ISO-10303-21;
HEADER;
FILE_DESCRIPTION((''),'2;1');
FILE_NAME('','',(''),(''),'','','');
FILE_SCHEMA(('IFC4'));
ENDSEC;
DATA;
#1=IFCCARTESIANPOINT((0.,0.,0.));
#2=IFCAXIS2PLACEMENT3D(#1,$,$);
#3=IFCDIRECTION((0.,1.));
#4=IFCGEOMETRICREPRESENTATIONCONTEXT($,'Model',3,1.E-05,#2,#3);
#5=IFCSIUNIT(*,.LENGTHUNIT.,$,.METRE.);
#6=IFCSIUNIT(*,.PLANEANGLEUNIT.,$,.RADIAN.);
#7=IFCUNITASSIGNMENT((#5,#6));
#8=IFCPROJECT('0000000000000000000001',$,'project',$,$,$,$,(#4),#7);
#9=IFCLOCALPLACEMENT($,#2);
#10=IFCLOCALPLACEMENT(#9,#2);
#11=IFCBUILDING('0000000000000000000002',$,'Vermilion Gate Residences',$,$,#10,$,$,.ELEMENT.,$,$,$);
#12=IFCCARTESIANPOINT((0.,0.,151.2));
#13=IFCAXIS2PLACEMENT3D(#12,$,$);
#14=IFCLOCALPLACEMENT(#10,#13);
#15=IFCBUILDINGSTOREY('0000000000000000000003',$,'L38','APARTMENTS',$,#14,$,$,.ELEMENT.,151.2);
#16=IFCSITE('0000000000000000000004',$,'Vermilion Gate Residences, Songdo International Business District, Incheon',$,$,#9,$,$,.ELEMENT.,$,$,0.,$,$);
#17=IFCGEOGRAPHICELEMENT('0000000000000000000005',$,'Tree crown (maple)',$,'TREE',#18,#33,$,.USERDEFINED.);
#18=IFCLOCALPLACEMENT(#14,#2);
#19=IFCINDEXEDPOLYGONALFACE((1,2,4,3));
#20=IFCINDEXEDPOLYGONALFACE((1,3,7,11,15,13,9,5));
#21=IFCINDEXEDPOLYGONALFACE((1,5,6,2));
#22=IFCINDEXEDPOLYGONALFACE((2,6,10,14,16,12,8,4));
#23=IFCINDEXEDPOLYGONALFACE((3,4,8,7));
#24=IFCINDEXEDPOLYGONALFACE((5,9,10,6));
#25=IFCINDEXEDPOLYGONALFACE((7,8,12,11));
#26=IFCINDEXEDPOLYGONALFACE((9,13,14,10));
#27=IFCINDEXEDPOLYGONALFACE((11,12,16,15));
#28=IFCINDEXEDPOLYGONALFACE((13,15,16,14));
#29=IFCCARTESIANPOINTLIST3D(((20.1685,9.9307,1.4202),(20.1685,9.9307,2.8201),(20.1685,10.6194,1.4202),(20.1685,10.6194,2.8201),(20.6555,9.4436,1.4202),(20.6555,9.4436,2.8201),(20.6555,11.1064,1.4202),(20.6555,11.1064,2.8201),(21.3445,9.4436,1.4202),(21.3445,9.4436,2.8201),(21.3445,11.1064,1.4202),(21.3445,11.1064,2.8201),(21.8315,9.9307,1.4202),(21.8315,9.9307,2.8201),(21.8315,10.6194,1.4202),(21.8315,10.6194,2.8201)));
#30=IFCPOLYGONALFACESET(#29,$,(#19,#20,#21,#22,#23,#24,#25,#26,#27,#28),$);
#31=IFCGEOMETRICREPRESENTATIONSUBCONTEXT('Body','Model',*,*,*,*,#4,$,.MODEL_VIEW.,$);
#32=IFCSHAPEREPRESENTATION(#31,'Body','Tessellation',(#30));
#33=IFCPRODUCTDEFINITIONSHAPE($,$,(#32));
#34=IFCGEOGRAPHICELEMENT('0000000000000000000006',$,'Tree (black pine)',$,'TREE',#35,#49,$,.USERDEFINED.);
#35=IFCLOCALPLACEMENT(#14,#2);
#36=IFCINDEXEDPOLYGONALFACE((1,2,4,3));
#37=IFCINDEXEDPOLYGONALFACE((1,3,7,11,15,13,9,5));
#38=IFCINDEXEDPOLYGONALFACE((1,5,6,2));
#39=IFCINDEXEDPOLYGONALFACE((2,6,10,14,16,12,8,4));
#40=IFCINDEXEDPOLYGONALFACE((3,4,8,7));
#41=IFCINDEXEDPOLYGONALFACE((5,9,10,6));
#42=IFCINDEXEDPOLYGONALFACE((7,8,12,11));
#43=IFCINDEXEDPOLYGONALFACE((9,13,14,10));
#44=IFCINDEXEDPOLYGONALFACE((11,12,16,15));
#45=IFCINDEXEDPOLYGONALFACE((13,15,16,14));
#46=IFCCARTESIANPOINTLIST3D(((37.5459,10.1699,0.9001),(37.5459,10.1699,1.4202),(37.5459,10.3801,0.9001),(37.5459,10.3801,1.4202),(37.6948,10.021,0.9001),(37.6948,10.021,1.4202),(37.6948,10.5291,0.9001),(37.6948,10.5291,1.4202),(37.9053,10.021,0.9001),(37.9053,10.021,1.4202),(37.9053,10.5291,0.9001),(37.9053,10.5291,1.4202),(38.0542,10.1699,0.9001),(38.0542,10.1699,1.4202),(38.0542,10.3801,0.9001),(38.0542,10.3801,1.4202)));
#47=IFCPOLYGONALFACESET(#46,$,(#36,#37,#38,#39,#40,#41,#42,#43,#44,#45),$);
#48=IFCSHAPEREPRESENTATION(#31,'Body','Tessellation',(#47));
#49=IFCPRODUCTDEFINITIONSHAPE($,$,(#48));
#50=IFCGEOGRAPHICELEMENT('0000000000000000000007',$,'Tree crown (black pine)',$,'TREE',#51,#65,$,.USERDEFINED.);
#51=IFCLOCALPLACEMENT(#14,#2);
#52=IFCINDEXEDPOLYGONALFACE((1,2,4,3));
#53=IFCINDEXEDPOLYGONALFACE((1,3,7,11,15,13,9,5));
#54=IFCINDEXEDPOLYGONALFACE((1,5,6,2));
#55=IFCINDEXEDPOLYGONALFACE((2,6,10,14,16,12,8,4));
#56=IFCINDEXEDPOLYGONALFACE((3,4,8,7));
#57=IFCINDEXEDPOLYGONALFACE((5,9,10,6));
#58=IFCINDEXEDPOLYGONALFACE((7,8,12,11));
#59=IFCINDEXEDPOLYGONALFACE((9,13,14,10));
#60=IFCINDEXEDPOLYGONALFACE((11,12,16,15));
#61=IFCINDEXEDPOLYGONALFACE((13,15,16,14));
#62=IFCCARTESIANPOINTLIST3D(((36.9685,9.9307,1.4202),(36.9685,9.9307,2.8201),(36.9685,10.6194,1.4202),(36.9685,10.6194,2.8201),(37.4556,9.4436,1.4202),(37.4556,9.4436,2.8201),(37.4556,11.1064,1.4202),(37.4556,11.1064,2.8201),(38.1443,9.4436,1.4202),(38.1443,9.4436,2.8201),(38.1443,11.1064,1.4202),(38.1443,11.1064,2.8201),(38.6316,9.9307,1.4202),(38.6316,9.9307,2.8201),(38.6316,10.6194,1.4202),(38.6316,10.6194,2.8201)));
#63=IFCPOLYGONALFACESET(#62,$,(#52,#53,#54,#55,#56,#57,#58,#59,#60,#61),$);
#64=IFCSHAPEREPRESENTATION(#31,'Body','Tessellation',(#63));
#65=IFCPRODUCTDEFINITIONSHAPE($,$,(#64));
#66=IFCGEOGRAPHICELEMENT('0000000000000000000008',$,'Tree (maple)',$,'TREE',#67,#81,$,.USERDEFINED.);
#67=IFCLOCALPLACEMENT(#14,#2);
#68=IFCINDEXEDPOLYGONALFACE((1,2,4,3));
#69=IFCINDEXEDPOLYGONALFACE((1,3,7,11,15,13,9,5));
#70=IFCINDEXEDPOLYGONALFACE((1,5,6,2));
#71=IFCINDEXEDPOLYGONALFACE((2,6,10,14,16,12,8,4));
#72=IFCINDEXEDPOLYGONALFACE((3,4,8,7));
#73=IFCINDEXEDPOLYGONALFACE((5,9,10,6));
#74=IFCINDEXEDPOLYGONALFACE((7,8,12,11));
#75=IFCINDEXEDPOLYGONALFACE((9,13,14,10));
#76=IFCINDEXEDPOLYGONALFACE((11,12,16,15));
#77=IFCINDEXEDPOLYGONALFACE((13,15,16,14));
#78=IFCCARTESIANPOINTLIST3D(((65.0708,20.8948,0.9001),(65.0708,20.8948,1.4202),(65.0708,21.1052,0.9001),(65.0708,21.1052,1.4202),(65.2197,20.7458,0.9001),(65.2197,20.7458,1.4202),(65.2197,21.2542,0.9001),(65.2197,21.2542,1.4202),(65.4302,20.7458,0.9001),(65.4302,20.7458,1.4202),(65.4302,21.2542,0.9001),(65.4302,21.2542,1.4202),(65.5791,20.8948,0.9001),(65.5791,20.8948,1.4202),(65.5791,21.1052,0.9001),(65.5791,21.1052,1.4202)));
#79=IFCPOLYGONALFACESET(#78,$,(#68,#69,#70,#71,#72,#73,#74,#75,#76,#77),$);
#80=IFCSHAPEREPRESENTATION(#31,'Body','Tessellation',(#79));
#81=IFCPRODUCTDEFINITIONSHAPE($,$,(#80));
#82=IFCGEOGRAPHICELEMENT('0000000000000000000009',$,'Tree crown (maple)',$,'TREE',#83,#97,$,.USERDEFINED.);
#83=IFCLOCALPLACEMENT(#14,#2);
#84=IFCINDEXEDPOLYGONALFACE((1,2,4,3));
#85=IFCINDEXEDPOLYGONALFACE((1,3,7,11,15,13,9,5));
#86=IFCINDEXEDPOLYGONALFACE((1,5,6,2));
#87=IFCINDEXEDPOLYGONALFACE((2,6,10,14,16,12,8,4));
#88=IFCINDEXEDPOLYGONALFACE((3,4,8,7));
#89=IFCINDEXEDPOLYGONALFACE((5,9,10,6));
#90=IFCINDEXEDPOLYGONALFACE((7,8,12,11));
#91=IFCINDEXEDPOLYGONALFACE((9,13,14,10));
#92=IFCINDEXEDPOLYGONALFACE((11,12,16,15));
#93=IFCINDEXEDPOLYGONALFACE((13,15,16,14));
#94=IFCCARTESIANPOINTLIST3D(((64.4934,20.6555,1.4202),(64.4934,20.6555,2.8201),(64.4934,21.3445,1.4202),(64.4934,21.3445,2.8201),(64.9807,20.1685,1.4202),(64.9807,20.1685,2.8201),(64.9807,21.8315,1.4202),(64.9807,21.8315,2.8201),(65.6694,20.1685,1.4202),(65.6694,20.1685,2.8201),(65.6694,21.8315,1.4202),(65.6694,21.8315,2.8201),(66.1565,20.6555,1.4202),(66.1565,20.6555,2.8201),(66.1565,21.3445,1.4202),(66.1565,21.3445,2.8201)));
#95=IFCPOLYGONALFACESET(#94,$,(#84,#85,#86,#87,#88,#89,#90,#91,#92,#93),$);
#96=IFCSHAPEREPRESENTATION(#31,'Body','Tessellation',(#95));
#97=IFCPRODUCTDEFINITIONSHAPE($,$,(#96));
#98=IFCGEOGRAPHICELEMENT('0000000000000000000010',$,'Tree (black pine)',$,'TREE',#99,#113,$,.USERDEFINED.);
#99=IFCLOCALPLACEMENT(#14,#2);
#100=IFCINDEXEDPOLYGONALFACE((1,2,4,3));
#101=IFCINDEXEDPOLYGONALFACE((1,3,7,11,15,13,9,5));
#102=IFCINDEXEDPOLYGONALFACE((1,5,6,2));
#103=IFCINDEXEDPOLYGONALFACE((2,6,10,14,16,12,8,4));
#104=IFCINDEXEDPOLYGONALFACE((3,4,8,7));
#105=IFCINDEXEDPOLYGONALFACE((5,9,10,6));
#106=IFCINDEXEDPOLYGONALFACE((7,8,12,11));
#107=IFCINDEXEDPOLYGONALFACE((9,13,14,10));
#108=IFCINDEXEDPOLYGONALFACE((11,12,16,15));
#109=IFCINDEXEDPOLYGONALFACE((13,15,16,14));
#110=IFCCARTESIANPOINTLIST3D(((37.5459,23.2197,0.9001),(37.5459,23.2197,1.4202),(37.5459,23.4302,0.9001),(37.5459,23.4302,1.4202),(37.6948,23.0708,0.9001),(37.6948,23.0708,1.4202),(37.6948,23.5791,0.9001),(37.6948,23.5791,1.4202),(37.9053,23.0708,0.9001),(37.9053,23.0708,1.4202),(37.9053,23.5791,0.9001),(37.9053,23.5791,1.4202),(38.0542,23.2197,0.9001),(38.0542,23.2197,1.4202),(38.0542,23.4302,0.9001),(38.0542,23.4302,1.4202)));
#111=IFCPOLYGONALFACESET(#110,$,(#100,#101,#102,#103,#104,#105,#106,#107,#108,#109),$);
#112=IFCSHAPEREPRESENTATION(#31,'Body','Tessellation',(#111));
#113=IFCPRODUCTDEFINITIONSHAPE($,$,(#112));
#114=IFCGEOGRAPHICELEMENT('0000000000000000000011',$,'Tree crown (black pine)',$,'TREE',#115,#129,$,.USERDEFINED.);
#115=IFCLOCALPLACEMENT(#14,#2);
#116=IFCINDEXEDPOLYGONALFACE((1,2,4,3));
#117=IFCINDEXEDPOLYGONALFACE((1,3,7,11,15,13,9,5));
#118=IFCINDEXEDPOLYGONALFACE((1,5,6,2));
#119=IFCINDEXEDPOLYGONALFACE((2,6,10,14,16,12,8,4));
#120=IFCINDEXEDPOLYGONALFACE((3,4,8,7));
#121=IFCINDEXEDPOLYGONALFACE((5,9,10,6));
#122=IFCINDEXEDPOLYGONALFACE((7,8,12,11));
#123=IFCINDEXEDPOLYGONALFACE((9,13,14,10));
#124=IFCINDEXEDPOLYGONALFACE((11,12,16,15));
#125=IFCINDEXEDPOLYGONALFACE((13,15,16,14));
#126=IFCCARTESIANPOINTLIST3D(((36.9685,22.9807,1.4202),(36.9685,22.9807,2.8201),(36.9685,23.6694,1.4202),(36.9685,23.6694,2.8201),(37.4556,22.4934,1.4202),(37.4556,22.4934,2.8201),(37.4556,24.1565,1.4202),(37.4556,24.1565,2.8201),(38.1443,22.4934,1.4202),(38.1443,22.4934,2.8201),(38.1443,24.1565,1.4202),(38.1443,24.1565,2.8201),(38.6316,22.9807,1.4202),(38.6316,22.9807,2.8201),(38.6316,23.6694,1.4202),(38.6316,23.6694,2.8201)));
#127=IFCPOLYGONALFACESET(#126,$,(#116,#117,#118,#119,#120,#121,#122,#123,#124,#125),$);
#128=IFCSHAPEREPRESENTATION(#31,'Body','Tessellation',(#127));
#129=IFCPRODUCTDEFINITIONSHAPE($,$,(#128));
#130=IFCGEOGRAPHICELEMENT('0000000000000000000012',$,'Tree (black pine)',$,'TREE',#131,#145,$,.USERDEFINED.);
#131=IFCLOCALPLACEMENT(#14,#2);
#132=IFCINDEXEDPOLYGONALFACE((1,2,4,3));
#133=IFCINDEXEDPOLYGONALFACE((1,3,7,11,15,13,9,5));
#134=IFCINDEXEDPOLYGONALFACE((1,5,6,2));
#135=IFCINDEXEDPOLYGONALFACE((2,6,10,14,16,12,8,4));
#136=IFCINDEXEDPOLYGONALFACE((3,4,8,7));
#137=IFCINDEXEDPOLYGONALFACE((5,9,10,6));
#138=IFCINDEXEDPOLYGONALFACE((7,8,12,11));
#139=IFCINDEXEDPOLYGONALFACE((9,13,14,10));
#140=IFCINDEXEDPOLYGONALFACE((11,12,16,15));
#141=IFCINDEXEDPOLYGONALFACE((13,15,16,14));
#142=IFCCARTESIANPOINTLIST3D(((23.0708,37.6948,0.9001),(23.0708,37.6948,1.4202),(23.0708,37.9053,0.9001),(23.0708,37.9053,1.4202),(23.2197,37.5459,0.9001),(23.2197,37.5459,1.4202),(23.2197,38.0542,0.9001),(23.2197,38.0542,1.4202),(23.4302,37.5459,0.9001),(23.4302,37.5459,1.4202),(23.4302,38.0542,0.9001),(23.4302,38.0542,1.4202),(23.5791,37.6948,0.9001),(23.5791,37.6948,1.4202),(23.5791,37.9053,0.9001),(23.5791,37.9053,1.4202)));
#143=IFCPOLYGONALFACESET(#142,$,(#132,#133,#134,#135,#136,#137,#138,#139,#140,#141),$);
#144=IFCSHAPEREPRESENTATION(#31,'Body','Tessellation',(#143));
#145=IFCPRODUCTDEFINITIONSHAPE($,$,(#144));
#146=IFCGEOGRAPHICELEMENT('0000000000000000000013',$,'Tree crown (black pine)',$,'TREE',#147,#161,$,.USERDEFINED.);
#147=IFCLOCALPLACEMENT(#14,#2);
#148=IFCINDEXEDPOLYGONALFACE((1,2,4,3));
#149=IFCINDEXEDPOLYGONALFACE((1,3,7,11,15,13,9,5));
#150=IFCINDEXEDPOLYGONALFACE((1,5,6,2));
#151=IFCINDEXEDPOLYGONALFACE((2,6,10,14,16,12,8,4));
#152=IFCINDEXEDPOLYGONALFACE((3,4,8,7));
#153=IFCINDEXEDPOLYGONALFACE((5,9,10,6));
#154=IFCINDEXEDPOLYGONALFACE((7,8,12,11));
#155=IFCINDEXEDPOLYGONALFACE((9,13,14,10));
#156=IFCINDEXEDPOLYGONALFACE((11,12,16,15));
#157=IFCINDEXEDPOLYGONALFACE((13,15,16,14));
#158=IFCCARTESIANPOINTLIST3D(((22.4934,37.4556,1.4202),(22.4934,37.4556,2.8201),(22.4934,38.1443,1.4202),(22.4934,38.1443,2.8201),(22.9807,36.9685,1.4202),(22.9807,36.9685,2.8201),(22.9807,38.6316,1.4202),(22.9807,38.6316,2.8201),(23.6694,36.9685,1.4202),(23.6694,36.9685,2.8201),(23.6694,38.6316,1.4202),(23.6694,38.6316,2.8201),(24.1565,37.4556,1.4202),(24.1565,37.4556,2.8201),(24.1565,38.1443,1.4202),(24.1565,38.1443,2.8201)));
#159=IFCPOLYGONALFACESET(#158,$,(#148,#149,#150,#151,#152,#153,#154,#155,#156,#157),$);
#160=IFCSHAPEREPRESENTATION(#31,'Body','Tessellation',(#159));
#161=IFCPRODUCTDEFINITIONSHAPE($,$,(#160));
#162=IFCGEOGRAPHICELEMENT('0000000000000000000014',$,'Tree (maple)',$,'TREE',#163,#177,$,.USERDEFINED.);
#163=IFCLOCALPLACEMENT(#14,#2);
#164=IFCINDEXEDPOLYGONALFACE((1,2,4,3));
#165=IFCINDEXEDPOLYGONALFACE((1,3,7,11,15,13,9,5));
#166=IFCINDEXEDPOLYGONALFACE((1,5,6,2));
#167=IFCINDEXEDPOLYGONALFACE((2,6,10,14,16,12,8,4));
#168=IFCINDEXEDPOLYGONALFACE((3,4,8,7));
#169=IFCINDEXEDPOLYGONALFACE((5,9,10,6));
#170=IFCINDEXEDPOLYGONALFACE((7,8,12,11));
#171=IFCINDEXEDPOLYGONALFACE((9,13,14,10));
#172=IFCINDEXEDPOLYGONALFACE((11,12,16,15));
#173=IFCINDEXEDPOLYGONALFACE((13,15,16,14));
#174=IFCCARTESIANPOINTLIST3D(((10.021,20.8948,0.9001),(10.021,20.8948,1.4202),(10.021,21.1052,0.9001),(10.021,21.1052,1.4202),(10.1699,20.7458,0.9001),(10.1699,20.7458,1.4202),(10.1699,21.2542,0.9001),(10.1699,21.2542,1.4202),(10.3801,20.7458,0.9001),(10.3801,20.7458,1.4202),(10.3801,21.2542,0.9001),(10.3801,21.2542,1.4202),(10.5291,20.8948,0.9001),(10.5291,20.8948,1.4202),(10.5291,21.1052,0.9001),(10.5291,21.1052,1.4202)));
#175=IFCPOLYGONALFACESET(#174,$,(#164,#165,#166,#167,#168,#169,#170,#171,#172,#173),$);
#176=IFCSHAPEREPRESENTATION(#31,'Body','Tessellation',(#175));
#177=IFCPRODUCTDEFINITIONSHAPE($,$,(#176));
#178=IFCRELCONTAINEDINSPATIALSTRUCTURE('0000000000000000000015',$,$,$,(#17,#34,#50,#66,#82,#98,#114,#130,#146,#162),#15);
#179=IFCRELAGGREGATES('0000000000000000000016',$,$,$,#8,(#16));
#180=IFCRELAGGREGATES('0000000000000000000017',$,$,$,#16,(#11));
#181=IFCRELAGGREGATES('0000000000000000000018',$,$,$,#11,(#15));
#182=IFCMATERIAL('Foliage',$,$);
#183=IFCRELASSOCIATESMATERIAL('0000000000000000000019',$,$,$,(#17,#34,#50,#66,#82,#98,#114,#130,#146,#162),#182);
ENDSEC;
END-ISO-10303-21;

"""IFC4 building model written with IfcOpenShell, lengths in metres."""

from ifc_helpers import new_model, si_unit, direction, frame, origin, place, context, subcontext, project, spatial, polyline, outline, extrude, material, element, save


model = new_model("IFC4")

# Units and contexts
model_context = context("Model", 3, precision=1e-05, world=origin(), true_north=direction((0.0, 1.0)))
body_context = subcontext(model_context, "Body", "Model", "MODEL_VIEW")
ifc_project = project(units=[si_unit("LENGTHUNIT", "METRE"), si_unit("PLANEANGLEUNIT", "RADIAN")], contexts=[model_context])

# Site, building, storey
site_placement = place(None, origin())
site = spatial("IfcSite", under=ifc_project, at=site_placement, Name="Vermilion Gate Residences, Songdo International Business District, Incheon", CompositionType="ELEMENT", RefElevation=0.0)
building_placement = place(site_placement, origin())
building = spatial("IfcBuilding", under=site, at=building_placement, Name="Vermilion Gate Residences", CompositionType="ELEMENT")
storey_placement = place(building_placement, frame((0.0, 0.0, 151.2)))
storey = spatial("IfcBuildingStorey", under=building, at=storey_placement, Name="L38", Description="APARTMENTS", CompositionType="ELEMENT", Elevation=151.2)

# Geographic elements
ifc_material_1 = material(Name="Foliage")
geographic_element_1_placement = place(storey_placement, frame((0.0, 0.0, 1.4202)))
element("IfcGeographicElement", 1, at=geographic_element_1_placement, inside=storey, material=ifc_material_1, Name="Tree crown (maple)", ObjectType="TREE", PredefinedType="USERDEFINED", context=body_context, shape_type="SweptSolid", body=[
    extrude(outline(polyline([(21.8315, 10.6194), (21.3445, 11.1064), (20.6555, 11.1064), (20.1685, 10.6194), (20.1685, 9.9307), (20.6555, 9.4436), (21.3445, 9.4436), (21.8315, 9.9307), (21.8315, 10.6194)])), origin(), (0.0, 0.0, 1.0), 1.3999),
])
geographic_element_2_placement = place(storey_placement, frame((0.0, 0.0, 0.9001)))
element("IfcGeographicElement", 2, at=geographic_element_2_placement, inside=storey, material=ifc_material_1, Name="Tree (black pine)", ObjectType="TREE", PredefinedType="USERDEFINED", context=body_context, shape_type="SweptSolid", body=[
    extrude(outline(polyline([(38.0542, 10.3801), (37.9053, 10.5291), (37.6948, 10.5291), (37.5459, 10.3801), (37.5459, 10.1699), (37.6948, 10.021), (37.9053, 10.021), (38.0542, 10.1699), (38.0542, 10.3801)])), origin(), (0.0, 0.0, 1.0), 0.52),
])
geographic_element_3_placement = place(storey_placement, frame((0.0, 0.0, 1.4202)))
element("IfcGeographicElement", 3, at=geographic_element_3_placement, inside=storey, material=ifc_material_1, Name="Tree crown (black pine)", ObjectType="TREE", PredefinedType="USERDEFINED", context=body_context, shape_type="SweptSolid", body=[
    extrude(outline(polyline([(38.6316, 10.6194), (38.1443, 11.1064), (37.4556, 11.1064), (36.9685, 10.6194), (36.9685, 9.9307), (37.4556, 9.4436), (38.1443, 9.4436), (38.6316, 9.9307), (38.6316, 10.6194)])), origin(), (0.0, 0.0, 1.0), 1.3999),
])
geographic_element_4_placement = place(storey_placement, frame((0.0, 0.0, 0.9001)))
element("IfcGeographicElement", 4, at=geographic_element_4_placement, inside=storey, material=ifc_material_1, Name="Tree (maple)", ObjectType="TREE", PredefinedType="USERDEFINED", context=body_context, shape_type="SweptSolid", body=[
    extrude(outline(polyline([(65.5791, 21.1052), (65.4302, 21.2542), (65.2197, 21.2542), (65.0708, 21.1052), (65.0708, 20.8948), (65.2197, 20.7458), (65.4302, 20.7458), (65.5791, 20.8948), (65.5791, 21.1052)])), origin(), (0.0, 0.0, 1.0), 0.52),
])
geographic_element_5_placement = place(storey_placement, frame((0.0, 0.0, 1.4202)))
element("IfcGeographicElement", 5, at=geographic_element_5_placement, inside=storey, material=ifc_material_1, Name="Tree crown (maple)", ObjectType="TREE", PredefinedType="USERDEFINED", context=body_context, shape_type="SweptSolid", body=[
    extrude(outline(polyline([(66.1565, 21.3445), (65.6694, 21.8315), (64.9807, 21.8315), (64.4934, 21.3445), (64.4934, 20.6555), (64.9807, 20.1685), (65.6694, 20.1685), (66.1565, 20.6555), (66.1565, 21.3445)])), origin(), (0.0, 0.0, 1.0), 1.3999),
])
geographic_element_6_placement = place(storey_placement, frame((0.0, 0.0, 0.9001)))
element("IfcGeographicElement", 6, at=geographic_element_6_placement, inside=storey, material=ifc_material_1, Name="Tree (black pine)", ObjectType="TREE", PredefinedType="USERDEFINED", context=body_context, shape_type="SweptSolid", body=[
    extrude(outline(polyline([(38.0542, 23.4302), (37.9053, 23.5791), (37.6948, 23.5791), (37.5459, 23.4302), (37.5459, 23.2197), (37.6948, 23.0708), (37.9053, 23.0708), (38.0542, 23.2197), (38.0542, 23.4302)])), origin(), (0.0, 0.0, 1.0), 0.52),
])
geographic_element_7_placement = place(storey_placement, frame((0.0, 0.0, 1.4202)))
element("IfcGeographicElement", 7, at=geographic_element_7_placement, inside=storey, material=ifc_material_1, Name="Tree crown (black pine)", ObjectType="TREE", PredefinedType="USERDEFINED", context=body_context, shape_type="SweptSolid", body=[
    extrude(outline(polyline([(38.6316, 23.6694), (38.1443, 24.1565), (37.4556, 24.1565), (36.9685, 23.6694), (36.9685, 22.9807), (37.4556, 22.4934), (38.1443, 22.4934), (38.6316, 22.9807), (38.6316, 23.6694)])), origin(), (0.0, 0.0, 1.0), 1.3999),
])
geographic_element_8_placement = place(storey_placement, frame((0.0, 0.0, 0.9001)))
element("IfcGeographicElement", 8, at=geographic_element_8_placement, inside=storey, material=ifc_material_1, Name="Tree (black pine)", ObjectType="TREE", PredefinedType="USERDEFINED", context=body_context, shape_type="SweptSolid", body=[
    extrude(outline(polyline([(23.5791, 37.9053), (23.4302, 38.0542), (23.2197, 38.0542), (23.0708, 37.9053), (23.0708, 37.6948), (23.2197, 37.5459), (23.4302, 37.5459), (23.5791, 37.6948), (23.5791, 37.9053)])), origin(), (0.0, 0.0, 1.0), 0.52),
])
geographic_element_9_placement = place(storey_placement, frame((0.0, 0.0, 1.4202)))
element("IfcGeographicElement", 9, at=geographic_element_9_placement, inside=storey, material=ifc_material_1, Name="Tree crown (black pine)", ObjectType="TREE", PredefinedType="USERDEFINED", context=body_context, shape_type="SweptSolid", body=[
    extrude(outline(polyline([(24.1565, 38.1443), (23.6694, 38.6316), (22.9807, 38.6316), (22.4934, 38.1443), (22.4934, 37.4556), (22.9807, 36.9685), (23.6694, 36.9685), (24.1565, 37.4556), (24.1565, 38.1443)])), origin(), (0.0, 0.0, 1.0), 1.3999),
])
geographic_element_10_placement = place(storey_placement, frame((0.0, 0.0, 0.9001)))
element("IfcGeographicElement", 10, at=geographic_element_10_placement, inside=storey, material=ifc_material_1, Name="Tree (maple)", ObjectType="TREE", PredefinedType="USERDEFINED", context=body_context, shape_type="SweptSolid", body=[
    extrude(outline(polyline([(10.5291, 21.1052), (10.3801, 21.2542), (10.1699, 21.2542), (10.021, 21.1052), (10.021, 20.8948), (10.1699, 20.7458), (10.3801, 20.7458), (10.5291, 20.8948), (10.5291, 21.1052)])), origin(), (0.0, 0.0, 1.0), 0.52),
])

save(model, "model.ifc")
